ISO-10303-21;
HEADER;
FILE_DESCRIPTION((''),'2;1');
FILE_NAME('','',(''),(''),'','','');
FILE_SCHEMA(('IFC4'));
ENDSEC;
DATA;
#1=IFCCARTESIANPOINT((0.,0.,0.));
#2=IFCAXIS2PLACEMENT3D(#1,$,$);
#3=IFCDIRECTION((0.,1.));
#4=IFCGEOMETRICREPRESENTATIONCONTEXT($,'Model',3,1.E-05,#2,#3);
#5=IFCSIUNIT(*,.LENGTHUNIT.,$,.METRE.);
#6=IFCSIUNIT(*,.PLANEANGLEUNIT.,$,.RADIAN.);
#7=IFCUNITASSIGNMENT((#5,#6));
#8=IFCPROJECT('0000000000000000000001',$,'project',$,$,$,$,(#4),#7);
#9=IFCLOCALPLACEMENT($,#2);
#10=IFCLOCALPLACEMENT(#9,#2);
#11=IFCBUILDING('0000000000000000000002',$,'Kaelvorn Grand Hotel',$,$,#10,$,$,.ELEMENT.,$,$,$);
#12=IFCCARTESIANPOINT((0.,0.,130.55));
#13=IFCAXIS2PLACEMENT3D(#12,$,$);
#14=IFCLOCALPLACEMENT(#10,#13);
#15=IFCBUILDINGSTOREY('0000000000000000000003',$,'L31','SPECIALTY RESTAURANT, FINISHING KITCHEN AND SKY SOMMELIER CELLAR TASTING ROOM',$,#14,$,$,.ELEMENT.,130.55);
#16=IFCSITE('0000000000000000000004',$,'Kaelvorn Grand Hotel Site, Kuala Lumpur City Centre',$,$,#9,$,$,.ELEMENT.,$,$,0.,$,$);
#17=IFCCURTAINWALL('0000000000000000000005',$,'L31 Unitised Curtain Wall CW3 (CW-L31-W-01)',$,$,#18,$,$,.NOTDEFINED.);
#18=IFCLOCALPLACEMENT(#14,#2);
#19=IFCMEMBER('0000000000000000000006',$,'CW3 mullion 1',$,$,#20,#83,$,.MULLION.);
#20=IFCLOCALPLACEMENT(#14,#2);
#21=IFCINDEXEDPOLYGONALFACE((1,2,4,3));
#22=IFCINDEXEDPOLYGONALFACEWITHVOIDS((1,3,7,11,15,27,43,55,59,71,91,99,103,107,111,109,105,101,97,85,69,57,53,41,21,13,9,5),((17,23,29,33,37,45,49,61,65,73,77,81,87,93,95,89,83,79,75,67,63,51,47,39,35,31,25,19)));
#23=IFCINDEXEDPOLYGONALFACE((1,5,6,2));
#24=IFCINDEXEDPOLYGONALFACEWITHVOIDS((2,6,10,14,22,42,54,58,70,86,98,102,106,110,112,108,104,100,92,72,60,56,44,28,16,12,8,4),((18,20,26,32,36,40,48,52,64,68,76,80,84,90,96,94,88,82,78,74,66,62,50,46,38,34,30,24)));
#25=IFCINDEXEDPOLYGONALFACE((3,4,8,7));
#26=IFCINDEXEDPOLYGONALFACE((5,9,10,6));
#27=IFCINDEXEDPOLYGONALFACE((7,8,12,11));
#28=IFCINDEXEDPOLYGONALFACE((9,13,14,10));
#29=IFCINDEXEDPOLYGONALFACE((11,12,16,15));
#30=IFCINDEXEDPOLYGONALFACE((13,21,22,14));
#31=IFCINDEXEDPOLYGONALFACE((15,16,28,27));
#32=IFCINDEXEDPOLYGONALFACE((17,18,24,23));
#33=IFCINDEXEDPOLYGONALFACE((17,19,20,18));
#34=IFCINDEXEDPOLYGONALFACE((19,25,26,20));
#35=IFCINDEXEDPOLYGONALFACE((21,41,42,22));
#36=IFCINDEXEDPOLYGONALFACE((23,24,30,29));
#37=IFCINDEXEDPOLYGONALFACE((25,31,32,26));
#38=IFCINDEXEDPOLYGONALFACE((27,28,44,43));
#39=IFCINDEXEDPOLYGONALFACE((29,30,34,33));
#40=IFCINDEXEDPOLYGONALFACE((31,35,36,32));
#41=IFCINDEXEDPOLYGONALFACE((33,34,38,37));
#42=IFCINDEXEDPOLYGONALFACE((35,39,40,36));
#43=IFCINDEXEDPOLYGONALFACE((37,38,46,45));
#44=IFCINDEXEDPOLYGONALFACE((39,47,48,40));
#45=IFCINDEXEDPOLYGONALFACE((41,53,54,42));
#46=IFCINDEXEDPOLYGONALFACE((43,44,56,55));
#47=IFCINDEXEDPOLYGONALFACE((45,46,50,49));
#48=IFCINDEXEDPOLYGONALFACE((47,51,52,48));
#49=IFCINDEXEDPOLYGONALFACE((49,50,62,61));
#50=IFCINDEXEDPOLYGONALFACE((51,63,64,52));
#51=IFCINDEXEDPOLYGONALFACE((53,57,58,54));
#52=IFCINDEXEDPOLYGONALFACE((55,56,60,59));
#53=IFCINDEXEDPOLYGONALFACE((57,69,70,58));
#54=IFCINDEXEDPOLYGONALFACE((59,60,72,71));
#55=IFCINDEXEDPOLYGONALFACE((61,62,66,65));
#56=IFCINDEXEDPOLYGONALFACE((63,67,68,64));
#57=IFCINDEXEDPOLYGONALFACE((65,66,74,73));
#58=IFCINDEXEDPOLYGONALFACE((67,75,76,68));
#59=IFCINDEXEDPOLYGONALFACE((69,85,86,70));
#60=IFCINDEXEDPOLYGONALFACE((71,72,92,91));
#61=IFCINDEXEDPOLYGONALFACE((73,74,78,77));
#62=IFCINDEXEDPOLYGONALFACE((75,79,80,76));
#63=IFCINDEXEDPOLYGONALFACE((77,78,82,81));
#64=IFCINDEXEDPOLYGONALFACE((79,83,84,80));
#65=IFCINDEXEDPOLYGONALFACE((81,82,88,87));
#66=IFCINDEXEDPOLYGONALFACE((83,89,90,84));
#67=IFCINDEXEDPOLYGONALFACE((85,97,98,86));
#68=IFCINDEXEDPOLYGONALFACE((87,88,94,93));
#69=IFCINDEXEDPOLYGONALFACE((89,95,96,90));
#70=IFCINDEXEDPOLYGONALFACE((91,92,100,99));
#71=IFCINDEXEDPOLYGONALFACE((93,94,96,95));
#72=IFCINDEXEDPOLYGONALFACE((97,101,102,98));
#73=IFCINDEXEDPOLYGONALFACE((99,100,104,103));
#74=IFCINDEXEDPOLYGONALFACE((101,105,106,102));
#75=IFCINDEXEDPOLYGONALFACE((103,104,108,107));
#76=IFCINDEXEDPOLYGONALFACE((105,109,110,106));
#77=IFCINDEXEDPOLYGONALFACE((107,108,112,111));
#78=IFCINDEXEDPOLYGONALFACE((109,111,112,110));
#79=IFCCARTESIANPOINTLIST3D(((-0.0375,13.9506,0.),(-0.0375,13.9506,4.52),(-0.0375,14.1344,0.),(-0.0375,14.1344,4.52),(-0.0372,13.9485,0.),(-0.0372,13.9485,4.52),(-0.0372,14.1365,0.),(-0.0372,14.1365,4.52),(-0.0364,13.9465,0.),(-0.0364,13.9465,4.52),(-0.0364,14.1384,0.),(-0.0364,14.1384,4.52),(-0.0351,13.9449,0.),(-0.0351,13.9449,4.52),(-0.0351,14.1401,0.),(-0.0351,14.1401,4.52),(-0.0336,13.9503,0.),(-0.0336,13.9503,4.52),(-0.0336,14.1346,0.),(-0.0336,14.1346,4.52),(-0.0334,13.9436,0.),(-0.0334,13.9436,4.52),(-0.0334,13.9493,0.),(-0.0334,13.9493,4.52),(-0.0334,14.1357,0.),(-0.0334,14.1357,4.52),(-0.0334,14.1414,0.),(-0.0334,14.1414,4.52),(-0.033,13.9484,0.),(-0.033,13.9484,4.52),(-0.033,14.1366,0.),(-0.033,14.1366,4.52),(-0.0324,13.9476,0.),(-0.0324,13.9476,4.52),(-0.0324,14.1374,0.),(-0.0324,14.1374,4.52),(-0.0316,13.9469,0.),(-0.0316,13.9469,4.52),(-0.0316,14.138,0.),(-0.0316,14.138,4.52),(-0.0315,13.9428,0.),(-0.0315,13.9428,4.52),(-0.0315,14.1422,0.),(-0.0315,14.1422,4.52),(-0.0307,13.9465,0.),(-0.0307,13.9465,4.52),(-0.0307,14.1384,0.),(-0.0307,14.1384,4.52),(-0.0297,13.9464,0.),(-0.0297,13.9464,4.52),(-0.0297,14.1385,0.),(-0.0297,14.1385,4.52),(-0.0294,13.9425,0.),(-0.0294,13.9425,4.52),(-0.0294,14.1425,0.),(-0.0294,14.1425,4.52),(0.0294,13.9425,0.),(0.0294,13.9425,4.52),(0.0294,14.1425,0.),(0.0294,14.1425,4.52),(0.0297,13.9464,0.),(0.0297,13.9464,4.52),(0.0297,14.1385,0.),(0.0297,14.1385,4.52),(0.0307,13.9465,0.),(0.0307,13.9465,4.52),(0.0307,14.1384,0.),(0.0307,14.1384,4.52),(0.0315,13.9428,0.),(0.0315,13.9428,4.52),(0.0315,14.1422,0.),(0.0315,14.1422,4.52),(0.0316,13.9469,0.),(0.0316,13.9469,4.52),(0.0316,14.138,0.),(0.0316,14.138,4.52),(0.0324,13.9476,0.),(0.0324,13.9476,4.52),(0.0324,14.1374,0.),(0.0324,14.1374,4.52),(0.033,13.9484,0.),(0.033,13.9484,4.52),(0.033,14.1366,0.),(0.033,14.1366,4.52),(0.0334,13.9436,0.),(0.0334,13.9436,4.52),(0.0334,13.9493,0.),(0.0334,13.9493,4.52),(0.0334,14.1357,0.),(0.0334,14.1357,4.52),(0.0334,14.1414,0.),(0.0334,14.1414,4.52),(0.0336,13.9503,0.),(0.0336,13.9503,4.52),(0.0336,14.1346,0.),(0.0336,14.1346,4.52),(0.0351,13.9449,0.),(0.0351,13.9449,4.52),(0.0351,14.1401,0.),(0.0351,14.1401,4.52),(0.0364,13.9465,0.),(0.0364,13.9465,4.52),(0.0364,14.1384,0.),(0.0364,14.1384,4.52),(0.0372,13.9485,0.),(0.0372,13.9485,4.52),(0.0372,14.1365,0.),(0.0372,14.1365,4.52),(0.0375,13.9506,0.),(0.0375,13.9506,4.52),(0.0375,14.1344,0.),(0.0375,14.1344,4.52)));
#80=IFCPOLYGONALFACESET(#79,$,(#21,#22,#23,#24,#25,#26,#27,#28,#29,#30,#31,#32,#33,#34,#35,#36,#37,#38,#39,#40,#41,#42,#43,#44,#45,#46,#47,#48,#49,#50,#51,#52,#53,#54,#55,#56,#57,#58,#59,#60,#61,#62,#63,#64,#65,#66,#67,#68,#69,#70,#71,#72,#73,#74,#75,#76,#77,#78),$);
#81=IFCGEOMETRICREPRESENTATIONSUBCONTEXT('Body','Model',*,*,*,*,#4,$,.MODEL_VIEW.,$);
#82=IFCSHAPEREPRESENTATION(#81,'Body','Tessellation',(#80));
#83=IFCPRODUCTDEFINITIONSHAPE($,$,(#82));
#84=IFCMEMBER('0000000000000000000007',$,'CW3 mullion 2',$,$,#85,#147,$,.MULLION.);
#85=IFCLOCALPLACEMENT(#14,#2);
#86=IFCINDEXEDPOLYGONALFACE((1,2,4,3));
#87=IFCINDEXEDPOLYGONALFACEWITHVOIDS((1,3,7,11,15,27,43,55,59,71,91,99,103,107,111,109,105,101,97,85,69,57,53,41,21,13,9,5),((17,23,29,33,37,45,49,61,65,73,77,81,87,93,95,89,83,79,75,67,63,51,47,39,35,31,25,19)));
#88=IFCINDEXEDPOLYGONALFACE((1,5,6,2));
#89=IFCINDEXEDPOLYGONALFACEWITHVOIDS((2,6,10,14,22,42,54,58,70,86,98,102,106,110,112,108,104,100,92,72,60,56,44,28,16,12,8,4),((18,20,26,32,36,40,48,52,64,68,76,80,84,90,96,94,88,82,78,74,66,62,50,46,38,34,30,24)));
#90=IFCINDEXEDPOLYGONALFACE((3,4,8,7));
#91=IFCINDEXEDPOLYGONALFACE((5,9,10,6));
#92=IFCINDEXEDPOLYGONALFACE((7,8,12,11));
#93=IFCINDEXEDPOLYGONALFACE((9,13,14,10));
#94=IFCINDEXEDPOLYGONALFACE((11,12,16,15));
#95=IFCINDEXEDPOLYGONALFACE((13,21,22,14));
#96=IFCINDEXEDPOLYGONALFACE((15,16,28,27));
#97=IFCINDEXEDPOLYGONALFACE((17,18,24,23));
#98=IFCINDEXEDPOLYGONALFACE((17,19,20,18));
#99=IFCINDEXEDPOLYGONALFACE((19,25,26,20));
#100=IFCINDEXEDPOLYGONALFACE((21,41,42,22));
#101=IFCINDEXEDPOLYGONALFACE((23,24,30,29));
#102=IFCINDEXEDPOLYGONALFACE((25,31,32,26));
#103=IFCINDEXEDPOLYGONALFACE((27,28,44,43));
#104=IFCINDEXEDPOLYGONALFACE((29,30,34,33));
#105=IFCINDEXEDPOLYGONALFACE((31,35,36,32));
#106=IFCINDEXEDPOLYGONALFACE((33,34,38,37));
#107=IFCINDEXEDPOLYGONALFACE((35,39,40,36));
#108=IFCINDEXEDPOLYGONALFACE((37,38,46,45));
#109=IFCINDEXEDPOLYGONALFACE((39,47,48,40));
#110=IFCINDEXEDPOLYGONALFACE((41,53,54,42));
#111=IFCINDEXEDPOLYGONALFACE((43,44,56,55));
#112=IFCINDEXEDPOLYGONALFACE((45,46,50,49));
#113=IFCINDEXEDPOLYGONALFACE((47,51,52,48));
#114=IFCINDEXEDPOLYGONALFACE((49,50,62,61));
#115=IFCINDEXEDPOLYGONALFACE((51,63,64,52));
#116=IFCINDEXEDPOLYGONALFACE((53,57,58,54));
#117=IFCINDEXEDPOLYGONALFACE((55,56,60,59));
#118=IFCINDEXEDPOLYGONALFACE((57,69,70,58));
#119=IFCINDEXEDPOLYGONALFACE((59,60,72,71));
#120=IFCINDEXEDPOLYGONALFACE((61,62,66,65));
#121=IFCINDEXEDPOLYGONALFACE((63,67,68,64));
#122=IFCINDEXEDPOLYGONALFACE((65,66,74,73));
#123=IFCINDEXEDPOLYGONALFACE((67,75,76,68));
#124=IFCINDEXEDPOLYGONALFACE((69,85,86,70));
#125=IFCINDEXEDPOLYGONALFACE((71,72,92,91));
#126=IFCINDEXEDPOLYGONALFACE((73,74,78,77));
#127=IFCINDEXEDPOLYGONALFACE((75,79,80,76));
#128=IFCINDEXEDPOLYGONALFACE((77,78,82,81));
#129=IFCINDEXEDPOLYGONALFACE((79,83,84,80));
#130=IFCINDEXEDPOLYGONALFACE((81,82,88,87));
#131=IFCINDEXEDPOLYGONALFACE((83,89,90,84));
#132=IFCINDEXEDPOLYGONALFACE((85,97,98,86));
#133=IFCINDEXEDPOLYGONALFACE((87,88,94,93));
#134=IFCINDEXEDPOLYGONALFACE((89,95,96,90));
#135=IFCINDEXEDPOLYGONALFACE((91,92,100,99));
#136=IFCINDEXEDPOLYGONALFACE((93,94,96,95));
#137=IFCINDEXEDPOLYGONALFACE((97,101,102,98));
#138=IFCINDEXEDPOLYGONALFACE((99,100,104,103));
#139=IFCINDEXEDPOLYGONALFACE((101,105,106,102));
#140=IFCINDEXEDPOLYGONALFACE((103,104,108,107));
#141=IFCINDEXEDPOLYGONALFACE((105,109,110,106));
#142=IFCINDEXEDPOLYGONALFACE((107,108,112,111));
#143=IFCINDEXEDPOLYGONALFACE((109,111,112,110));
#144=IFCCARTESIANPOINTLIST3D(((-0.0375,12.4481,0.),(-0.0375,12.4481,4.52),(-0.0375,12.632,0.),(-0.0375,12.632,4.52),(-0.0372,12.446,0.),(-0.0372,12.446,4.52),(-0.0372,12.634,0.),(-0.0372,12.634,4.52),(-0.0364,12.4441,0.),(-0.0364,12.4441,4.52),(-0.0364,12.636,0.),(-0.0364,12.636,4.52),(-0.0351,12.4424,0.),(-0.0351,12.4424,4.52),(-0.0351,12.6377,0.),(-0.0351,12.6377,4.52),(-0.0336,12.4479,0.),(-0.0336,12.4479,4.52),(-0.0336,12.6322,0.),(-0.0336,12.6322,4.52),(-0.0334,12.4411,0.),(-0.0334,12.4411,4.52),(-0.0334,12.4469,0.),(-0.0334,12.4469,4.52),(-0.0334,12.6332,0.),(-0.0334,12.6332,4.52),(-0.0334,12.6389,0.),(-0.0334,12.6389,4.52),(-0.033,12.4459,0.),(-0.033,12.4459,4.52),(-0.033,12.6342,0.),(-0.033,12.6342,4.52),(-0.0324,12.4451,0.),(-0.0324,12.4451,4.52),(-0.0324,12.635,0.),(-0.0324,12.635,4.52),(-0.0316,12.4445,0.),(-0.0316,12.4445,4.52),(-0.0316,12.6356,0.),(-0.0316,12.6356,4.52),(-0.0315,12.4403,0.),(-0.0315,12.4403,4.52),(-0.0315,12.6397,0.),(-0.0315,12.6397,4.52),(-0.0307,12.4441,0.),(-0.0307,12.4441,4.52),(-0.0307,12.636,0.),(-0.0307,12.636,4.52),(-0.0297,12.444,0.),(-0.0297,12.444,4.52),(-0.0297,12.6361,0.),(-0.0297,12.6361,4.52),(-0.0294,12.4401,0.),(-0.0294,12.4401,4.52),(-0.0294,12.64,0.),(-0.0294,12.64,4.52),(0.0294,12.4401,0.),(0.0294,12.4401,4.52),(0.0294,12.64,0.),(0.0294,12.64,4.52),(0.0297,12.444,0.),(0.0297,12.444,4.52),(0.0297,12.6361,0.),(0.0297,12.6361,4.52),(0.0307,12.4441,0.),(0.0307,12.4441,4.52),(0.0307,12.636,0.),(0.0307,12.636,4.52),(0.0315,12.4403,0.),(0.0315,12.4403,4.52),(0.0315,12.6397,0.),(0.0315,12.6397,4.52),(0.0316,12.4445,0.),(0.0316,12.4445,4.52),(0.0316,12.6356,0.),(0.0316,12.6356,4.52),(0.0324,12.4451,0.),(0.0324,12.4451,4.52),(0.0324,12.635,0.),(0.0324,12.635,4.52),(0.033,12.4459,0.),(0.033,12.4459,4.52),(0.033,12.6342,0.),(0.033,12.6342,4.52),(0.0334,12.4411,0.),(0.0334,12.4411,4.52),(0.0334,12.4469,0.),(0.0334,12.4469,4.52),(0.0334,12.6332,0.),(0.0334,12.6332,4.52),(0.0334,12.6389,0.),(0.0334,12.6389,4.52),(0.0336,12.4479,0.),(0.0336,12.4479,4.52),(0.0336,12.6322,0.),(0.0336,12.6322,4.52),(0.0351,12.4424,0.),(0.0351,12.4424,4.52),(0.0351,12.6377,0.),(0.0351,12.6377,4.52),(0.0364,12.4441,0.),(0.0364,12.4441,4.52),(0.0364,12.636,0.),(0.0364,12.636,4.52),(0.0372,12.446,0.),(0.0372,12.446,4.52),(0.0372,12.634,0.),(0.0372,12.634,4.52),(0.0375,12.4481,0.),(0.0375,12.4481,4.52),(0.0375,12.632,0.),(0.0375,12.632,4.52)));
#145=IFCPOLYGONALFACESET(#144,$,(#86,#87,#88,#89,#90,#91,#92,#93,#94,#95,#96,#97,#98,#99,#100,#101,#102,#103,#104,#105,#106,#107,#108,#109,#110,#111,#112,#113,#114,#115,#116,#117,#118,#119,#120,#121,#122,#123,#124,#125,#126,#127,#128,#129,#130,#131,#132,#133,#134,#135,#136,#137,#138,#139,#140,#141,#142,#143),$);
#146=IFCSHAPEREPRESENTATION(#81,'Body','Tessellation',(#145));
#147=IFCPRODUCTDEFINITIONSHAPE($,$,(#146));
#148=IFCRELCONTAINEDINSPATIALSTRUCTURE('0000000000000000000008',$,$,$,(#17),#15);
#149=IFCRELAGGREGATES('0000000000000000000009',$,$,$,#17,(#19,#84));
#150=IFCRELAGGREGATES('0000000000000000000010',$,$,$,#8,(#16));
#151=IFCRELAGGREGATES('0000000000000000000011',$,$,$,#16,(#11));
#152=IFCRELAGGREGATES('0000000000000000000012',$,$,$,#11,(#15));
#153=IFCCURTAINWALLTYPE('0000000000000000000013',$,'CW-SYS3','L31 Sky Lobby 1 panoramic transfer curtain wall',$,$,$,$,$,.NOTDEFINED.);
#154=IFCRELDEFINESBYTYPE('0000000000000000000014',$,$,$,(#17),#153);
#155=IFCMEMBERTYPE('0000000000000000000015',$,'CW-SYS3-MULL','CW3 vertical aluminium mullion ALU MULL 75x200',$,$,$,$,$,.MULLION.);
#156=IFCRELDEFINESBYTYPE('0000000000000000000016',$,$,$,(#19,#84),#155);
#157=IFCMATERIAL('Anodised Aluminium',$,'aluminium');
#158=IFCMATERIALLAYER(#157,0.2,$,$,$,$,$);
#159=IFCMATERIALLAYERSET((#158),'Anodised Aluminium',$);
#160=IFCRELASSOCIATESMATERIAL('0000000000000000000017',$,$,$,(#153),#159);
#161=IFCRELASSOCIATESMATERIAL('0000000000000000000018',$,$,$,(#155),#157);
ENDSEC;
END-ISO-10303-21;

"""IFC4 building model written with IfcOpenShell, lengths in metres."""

from ifc_helpers import new_model, si_unit, direction, frame, origin, origin_2d, place, context, subcontext, project, spatial, hollow_rectangle, extrude, material, layer, layer_set, material_profile, profile_set, type_object, element, aggregate, save


model = new_model("IFC4")

# Units and contexts
model_context = context("Model", 3, precision=1e-05, world=origin(), true_north=direction((0.0, 1.0)))
body_context = subcontext(model_context, "Body", "Model", "MODEL_VIEW")
ifc_project = project(units=[si_unit("LENGTHUNIT", "METRE"), si_unit("PLANEANGLEUNIT", "RADIAN")], contexts=[model_context])

# Site, building, storey
site_placement = place(None, origin())
site = spatial("IfcSite", under=ifc_project, at=site_placement, Name="Kaelvorn Grand Hotel Site, Kuala Lumpur City Centre", CompositionType="ELEMENT", RefElevation=0.0)
building_placement = place(site_placement, origin())
building = spatial("IfcBuilding", under=site, at=building_placement, Name="Kaelvorn Grand Hotel", CompositionType="ELEMENT")
storey_placement = place(building_placement, frame((0.0, 0.0, 130.55)))
storey = spatial("IfcBuildingStorey", under=building, at=storey_placement, Name="L31", Description="SPECIALTY RESTAURANT, FINISHING KITCHEN AND SKY SOMMELIER CELLAR TASTING ROOM", CompositionType="ELEMENT", Elevation=130.55)

# Curtain wall, members
ifc_material_1 = material(Name="Anodised Aluminium", Category="aluminium")
ifc_layer_1 = layer(ifc_material_1, 0.2)
ifc_layer_set_1 = layer_set([ifc_layer_1], Name="Anodised Aluminium")
curtain_wall_type = type_object("IfcCurtainWallType", Name="CW-SYS3", Description="L31 Sky Lobby 1 panoramic transfer curtain wall", PredefinedType="NOTDEFINED", material=ifc_layer_set_1)
curtain_wall_placement = place(storey_placement, origin())
curtain_wall = element("IfcCurtainWall", 1, at=curtain_wall_placement, inside=storey, type_object=curtain_wall_type, Name="L31 Unitised Curtain Wall CW3 (CW-L31-W-01)", PredefinedType="NOTDEFINED")
ifc_material_profile_1 = material_profile(ifc_material_1, hollow_rectangle(XDim=0.075, YDim=0.2, WallThickness=0.0039, InnerFilletRadius=0.0039, OuterFilletRadius=0.0081, at=origin_2d()), Name="ALU MULL 75x200")
ifc_profile_set_1 = profile_set([ifc_material_profile_1], Name="Anodised Aluminium")
member_type_1 = type_object("IfcMemberType", Name="CW-SYS3-MULL", Description="CW3 vertical aluminium mullion ALU MULL 75x200", PredefinedType="MULLION", material=ifc_profile_set_1)
member_1_placement = place(storey_placement, frame((0.0, 14.0425, 0.0), z_axis=(0.0, 0.0, 1.0), x_axis=(1.0, 0.0, 0.0)))
member_1 = element("IfcMember", 2, at=member_1_placement, type_object=member_type_1, Name="CW3 mullion 1", PredefinedType="MULLION", context=body_context, shape_type="SweptSolid", body=[
    extrude(hollow_rectangle(XDim=0.075, YDim=0.2, WallThickness=0.0039, InnerFilletRadius=0.0039, OuterFilletRadius=0.0081, at=origin_2d()), origin(), (0.0, 0.0, 1.0), 4.52),
])
member_2_placement = place(storey_placement, frame((0.0, 12.54, 0.0), z_axis=(0.0, 0.0, 1.0), x_axis=(1.0, 0.0, 0.0)))
member_2 = element("IfcMember", 3, at=member_2_placement, type_object=member_type_1, Name="CW3 mullion 2", PredefinedType="MULLION", context=body_context, shape_type="SweptSolid", body=[
    extrude(hollow_rectangle(XDim=0.075, YDim=0.2, WallThickness=0.0039, InnerFilletRadius=0.0039, OuterFilletRadius=0.0081, at=origin_2d()), origin(), (0.0, 0.0, 1.0), 4.52),
])
aggregate(curtain_wall, [member_1, member_2])

save(model, "model.ifc")
